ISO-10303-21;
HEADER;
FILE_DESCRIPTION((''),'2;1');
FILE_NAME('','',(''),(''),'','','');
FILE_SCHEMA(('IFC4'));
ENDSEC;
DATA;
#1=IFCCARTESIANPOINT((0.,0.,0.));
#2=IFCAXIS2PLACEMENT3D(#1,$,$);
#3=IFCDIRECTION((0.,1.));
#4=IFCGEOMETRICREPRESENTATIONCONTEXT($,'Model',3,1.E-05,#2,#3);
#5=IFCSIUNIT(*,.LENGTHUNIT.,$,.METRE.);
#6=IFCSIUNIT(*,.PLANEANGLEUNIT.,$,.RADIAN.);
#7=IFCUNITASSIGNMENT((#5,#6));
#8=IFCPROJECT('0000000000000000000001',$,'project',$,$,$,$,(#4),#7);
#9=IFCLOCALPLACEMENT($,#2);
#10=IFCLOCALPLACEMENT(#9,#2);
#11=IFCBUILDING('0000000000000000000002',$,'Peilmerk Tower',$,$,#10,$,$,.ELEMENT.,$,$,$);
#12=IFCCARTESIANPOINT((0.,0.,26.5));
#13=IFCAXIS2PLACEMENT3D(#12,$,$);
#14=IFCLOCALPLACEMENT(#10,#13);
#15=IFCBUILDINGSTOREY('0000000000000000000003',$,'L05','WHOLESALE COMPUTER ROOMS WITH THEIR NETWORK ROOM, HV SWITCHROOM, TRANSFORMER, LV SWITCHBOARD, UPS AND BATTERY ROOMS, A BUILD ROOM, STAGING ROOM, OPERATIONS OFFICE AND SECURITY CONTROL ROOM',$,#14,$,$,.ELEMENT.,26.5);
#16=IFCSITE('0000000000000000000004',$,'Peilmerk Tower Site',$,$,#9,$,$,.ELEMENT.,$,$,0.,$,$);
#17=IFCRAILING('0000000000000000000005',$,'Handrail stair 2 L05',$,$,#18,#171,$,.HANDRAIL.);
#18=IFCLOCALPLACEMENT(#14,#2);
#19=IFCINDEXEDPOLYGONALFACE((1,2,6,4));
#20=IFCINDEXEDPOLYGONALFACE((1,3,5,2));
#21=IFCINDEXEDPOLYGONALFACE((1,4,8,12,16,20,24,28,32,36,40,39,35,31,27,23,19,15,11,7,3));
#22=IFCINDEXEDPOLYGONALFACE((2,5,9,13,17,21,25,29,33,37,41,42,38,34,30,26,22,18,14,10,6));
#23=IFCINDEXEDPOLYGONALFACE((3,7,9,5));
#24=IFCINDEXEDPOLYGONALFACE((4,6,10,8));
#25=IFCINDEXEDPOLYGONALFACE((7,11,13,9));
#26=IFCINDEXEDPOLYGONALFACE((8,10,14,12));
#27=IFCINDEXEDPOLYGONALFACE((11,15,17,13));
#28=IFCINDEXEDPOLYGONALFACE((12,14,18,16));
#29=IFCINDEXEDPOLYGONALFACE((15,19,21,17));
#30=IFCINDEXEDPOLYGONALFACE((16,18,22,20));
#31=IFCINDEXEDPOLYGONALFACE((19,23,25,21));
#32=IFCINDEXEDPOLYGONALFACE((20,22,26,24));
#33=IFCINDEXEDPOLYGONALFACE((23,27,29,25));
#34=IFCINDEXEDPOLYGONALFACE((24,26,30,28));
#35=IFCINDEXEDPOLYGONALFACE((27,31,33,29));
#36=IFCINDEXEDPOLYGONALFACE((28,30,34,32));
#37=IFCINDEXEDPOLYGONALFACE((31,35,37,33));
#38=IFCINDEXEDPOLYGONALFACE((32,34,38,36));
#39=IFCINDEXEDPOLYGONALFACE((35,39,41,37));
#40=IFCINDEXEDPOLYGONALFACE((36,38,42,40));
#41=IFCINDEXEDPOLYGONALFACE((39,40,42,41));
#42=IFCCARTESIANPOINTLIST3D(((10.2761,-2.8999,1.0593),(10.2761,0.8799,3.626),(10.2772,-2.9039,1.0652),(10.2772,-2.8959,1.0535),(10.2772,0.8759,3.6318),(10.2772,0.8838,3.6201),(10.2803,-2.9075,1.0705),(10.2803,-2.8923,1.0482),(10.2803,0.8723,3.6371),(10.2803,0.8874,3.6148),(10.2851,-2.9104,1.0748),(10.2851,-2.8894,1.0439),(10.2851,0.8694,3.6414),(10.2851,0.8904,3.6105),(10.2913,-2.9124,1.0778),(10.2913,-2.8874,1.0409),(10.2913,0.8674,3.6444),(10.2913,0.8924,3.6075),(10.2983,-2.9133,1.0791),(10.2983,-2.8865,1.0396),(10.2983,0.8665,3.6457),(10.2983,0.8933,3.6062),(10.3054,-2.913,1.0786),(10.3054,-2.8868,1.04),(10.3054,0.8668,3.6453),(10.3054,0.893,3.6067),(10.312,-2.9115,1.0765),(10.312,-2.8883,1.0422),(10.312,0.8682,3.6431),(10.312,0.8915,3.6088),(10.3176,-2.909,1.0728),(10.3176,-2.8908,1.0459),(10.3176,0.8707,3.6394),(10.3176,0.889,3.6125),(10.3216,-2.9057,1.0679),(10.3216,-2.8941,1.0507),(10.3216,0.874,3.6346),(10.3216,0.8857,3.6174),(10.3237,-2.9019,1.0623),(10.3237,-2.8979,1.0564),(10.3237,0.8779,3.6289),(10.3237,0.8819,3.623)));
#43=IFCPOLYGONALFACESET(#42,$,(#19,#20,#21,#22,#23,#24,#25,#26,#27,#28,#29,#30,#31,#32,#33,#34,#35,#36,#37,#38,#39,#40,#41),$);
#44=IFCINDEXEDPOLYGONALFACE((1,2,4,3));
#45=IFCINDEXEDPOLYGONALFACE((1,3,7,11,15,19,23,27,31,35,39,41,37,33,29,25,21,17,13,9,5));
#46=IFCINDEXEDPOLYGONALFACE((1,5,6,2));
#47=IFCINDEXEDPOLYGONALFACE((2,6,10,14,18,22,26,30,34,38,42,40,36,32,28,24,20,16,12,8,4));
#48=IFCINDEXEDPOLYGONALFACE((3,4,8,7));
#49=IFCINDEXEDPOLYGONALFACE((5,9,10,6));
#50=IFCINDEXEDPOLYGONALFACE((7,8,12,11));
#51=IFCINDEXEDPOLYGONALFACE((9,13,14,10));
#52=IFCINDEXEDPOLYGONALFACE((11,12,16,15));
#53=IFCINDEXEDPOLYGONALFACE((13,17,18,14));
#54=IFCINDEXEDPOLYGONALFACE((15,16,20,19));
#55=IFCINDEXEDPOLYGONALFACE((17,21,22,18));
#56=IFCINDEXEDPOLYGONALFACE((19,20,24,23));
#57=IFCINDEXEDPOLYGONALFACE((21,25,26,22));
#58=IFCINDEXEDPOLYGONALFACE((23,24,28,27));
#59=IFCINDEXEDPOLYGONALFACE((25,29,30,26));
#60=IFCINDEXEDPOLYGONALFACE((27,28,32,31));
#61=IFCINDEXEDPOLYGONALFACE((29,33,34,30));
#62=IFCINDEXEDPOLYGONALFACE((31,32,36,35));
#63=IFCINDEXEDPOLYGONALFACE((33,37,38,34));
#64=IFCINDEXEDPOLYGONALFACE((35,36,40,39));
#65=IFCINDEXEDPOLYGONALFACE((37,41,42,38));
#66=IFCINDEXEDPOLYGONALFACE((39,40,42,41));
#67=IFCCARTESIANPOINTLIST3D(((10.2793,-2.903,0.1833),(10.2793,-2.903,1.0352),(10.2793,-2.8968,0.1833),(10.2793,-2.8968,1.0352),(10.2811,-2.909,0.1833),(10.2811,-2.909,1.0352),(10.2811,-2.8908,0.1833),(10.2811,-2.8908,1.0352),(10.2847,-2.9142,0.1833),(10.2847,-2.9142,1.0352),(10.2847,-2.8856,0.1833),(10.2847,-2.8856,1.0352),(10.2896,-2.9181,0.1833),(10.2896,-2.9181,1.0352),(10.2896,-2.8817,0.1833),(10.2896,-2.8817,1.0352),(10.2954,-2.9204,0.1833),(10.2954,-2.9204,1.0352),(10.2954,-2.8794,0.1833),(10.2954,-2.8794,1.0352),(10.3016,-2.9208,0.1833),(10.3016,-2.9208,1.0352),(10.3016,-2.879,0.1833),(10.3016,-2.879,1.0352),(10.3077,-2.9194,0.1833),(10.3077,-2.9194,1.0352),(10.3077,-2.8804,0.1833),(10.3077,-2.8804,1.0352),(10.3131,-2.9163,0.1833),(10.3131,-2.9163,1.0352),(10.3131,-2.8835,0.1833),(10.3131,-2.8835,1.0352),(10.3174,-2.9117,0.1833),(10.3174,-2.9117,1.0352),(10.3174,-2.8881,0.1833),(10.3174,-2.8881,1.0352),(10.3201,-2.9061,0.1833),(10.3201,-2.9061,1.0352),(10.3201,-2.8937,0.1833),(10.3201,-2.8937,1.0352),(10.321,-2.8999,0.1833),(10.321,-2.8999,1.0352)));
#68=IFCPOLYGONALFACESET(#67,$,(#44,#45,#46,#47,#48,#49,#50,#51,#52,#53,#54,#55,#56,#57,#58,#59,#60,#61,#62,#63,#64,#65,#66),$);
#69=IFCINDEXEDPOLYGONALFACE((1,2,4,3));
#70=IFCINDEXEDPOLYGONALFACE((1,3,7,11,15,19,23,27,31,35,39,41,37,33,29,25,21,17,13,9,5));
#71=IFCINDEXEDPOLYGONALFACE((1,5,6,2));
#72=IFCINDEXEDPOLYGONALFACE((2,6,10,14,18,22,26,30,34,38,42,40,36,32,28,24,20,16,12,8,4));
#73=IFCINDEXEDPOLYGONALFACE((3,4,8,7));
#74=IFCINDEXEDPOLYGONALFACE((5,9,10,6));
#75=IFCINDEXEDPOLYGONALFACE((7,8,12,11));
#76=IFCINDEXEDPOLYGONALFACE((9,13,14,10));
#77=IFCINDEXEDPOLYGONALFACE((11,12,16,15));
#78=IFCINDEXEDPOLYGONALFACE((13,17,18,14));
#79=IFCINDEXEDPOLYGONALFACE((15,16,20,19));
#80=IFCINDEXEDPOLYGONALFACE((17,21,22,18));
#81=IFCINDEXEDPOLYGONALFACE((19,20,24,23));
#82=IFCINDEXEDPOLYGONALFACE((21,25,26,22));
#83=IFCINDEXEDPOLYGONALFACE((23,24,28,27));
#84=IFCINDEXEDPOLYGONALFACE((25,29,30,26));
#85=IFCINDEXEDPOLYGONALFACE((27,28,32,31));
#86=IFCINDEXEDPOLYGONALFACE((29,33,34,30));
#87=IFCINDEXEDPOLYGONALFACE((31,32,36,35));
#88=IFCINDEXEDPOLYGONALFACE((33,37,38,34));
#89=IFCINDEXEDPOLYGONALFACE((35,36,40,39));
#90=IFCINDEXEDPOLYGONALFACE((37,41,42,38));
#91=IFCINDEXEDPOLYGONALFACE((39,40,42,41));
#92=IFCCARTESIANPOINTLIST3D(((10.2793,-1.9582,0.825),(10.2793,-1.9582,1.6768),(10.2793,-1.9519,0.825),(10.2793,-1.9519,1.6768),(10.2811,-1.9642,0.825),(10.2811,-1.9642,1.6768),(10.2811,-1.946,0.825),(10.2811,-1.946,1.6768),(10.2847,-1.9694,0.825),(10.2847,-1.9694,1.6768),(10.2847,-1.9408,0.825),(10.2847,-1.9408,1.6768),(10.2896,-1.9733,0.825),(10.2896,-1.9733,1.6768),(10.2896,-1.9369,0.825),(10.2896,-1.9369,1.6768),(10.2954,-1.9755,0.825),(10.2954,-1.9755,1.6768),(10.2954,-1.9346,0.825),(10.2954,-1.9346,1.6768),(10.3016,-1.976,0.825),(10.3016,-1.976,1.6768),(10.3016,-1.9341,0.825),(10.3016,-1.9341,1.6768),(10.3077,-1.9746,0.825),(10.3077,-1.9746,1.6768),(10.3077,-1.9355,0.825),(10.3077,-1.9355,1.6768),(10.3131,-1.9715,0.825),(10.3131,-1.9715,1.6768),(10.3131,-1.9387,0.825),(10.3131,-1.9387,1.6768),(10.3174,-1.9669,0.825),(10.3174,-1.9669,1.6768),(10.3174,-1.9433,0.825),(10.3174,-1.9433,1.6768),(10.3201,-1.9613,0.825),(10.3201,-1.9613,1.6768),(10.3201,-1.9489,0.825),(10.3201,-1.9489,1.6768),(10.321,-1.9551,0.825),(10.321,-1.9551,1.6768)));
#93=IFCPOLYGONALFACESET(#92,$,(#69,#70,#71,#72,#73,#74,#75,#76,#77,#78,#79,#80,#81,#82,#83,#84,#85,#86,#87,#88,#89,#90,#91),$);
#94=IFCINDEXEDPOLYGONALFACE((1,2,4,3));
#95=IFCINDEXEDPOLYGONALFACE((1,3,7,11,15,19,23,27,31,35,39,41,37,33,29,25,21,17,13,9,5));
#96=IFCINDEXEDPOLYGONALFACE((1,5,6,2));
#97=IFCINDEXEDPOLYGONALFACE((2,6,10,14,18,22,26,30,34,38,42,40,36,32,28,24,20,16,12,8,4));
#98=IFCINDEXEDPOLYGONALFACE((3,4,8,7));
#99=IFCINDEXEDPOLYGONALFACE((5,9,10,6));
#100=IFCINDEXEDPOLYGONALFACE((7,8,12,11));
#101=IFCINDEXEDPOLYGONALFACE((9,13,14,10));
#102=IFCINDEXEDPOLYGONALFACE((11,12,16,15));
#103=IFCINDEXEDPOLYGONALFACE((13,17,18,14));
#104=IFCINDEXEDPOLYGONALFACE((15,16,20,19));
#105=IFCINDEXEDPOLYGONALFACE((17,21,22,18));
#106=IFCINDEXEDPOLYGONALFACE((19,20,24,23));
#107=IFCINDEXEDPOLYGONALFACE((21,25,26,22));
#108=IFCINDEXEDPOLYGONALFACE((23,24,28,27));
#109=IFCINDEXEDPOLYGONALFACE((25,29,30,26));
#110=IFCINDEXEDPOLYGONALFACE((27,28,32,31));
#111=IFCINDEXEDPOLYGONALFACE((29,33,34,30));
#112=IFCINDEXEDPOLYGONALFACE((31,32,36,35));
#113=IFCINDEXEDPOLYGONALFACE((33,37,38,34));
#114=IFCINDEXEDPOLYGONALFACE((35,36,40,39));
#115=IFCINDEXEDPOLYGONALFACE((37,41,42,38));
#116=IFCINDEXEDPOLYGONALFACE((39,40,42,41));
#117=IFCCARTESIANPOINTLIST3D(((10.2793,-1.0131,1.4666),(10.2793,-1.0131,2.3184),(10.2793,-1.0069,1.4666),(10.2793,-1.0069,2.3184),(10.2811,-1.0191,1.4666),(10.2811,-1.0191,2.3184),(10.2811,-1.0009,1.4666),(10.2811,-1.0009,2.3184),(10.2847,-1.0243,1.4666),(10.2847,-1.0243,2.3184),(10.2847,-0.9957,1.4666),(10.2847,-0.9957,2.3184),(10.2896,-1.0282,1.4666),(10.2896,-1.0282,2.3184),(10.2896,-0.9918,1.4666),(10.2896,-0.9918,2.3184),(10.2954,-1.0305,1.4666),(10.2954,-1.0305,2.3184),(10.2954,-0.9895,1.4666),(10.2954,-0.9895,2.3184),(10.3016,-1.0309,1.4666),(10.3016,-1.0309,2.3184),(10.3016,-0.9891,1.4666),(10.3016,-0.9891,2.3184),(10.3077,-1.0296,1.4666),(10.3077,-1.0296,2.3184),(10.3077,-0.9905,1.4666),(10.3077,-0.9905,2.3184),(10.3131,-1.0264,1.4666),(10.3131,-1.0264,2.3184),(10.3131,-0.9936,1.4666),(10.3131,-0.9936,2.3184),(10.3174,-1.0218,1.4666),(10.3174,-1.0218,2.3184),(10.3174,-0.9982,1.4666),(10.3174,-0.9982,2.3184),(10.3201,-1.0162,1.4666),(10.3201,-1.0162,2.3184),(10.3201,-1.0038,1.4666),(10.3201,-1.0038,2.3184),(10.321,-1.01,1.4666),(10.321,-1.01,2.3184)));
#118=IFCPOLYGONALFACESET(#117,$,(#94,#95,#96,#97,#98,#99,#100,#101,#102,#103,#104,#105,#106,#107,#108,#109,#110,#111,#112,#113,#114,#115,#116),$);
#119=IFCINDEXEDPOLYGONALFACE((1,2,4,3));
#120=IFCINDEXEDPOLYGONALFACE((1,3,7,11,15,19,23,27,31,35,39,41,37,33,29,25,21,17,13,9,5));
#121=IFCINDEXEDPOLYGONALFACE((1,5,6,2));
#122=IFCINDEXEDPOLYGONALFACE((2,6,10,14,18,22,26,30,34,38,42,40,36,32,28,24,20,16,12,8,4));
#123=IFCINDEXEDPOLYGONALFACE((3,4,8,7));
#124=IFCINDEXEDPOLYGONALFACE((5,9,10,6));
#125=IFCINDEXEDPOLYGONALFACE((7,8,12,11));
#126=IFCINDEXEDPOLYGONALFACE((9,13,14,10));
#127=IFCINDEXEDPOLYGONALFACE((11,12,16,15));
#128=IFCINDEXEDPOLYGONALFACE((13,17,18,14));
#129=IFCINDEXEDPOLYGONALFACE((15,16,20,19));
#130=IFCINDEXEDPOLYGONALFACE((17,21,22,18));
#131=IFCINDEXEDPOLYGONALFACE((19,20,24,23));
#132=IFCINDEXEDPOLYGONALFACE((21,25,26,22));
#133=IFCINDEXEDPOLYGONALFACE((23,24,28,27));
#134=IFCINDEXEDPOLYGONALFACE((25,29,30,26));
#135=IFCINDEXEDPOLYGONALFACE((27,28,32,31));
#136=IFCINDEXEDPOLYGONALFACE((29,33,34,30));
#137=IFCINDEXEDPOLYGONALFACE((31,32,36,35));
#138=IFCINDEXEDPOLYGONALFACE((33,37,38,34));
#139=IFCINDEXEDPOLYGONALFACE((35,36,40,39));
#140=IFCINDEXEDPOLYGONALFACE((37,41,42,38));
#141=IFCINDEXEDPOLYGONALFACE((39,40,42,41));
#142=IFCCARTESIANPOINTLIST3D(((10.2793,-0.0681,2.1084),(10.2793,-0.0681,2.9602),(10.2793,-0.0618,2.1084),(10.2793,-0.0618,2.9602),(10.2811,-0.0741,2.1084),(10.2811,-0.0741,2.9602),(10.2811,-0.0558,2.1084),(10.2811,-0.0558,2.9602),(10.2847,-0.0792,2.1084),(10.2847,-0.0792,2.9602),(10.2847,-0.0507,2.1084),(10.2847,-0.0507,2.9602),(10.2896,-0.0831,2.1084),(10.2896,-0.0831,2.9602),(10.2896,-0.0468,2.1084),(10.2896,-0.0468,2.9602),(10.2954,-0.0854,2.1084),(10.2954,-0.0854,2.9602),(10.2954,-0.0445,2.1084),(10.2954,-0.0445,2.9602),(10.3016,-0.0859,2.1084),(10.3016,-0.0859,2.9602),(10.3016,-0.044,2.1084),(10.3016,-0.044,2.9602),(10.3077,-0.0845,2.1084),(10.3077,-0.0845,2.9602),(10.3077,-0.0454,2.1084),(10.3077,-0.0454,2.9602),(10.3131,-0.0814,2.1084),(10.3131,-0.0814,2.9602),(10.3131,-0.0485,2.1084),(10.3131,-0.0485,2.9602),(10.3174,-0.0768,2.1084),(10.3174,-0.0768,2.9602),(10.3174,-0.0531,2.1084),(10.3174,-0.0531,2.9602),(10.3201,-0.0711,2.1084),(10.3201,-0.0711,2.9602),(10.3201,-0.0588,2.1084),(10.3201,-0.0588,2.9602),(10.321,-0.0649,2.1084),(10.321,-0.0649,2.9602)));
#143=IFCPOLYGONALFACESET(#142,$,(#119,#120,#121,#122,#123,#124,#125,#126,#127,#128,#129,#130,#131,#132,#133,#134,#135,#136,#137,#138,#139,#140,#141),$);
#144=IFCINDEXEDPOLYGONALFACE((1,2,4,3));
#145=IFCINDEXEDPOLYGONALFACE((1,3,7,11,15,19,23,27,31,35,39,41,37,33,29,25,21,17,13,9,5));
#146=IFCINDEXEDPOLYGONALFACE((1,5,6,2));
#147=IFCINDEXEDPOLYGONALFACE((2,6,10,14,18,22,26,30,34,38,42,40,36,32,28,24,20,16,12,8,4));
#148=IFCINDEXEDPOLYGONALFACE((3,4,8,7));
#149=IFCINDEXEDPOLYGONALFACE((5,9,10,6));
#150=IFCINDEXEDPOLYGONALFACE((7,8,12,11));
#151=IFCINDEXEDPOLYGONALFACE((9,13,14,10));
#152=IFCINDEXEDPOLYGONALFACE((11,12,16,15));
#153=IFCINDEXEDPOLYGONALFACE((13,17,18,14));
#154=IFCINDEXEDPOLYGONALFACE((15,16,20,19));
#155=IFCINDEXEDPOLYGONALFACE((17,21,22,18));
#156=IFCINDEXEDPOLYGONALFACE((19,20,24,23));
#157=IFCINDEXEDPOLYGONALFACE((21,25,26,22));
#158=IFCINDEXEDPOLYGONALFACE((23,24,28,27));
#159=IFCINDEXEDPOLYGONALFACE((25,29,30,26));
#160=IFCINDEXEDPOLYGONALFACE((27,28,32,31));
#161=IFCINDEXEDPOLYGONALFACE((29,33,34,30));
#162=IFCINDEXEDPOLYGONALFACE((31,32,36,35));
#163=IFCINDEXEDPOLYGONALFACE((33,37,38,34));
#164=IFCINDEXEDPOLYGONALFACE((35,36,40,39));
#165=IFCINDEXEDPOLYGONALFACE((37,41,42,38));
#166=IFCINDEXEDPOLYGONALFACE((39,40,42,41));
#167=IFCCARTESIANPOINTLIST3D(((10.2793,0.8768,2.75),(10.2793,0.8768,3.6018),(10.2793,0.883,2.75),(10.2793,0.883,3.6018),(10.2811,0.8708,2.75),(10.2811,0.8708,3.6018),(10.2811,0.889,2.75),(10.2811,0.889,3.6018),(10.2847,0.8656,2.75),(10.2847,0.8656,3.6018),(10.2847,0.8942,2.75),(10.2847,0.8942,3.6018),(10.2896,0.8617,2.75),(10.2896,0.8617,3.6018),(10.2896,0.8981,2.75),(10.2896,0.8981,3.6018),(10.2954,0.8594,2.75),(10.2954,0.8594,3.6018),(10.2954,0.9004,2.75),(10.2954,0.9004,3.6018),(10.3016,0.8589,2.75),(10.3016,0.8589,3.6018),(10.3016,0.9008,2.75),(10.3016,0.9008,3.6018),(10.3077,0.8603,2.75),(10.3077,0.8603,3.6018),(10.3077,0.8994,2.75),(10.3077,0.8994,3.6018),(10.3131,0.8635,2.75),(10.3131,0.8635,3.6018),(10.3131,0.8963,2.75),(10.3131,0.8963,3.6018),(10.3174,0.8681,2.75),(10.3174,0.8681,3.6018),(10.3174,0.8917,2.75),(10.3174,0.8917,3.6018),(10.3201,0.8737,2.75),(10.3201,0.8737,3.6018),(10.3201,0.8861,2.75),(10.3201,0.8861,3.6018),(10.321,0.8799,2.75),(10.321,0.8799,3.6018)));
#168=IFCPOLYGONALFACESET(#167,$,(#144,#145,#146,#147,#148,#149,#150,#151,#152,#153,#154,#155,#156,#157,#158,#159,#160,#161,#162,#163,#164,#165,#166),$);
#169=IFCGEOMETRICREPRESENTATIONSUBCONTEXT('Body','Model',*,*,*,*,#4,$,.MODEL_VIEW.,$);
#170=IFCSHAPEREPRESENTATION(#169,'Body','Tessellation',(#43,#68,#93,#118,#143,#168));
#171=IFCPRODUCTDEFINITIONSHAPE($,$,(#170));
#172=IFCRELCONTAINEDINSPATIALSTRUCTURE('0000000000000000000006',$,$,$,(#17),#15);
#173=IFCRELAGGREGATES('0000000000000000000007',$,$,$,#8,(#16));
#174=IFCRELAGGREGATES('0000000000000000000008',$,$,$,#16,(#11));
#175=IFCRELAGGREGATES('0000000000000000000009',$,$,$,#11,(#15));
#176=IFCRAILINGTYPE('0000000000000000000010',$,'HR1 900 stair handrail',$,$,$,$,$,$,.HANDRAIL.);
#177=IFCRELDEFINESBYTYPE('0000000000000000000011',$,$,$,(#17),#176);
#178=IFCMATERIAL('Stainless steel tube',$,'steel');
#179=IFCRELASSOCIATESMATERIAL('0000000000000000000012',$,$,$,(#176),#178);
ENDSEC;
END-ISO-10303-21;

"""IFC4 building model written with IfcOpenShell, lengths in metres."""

from ifc_helpers import new_model, si_unit, direction, frame, origin, origin_2d, place, context, subcontext, project, spatial, circle, extrude, material, type_object, element, save


model = new_model("IFC4")

# Units and contexts
model_context = context("Model", 3, precision=1e-05, world=origin(), true_north=direction((0.0, 1.0)))
body_context = subcontext(model_context, "Body", "Model", "MODEL_VIEW")
ifc_project = project(units=[si_unit("LENGTHUNIT", "METRE"), si_unit("PLANEANGLEUNIT", "RADIAN")], contexts=[model_context])

# Site, building, storey
site_placement = place(None, origin())
site = spatial("IfcSite", under=ifc_project, at=site_placement, Name="Peilmerk Tower Site", CompositionType="ELEMENT", RefElevation=0.0)
building_placement = place(site_placement, origin())
building = spatial("IfcBuilding", under=site, at=building_placement, Name="Peilmerk Tower", CompositionType="ELEMENT")
storey_placement = place(building_placement, frame((0.0, 0.0, 26.5)))
storey = spatial("IfcBuildingStorey", under=building, at=storey_placement, Name="L05", Description="WHOLESALE COMPUTER ROOMS WITH THEIR NETWORK ROOM, HV SWITCHROOM, TRANSFORMER, LV SWITCHBOARD, UPS AND BATTERY ROOMS, A BUILD ROOM, STAGING ROOM, OPERATIONS OFFICE AND SECURITY CONTROL ROOM", CompositionType="ELEMENT", Elevation=26.5)

# Railing
ifc_material_1 = material(Name="Stainless steel tube", Category="steel")
railing_type_1 = type_object("IfcRailingType", Name="HR1 900 stair handrail", PredefinedType="HANDRAIL", material=ifc_material_1)
railing_1_placement = place(storey_placement, frame((10.3, -2.8999, 0.1833)))
element("IfcRailing", 1, at=railing_1_placement, inside=storey, type_object=railing_type_1, Name="Handrail stair 2 L05", PredefinedType="HANDRAIL", context=body_context, shape_type="SweptSolid", body=[
    extrude(circle(Radius=0.0239, at=origin_2d()), frame((0.0, 0.0, 0.876), z_axis=(0.0, 0.827293, 0.561771), x_axis=(-1.0, 0.0, 0.0)), (0.0, 0.0, 1.0), 4.5688),
    extrude(circle(Radius=0.021, at=origin_2d()), origin(), (0.0, 0.0, 1.0), 0.8518),
    extrude(circle(Radius=0.021, at=origin_2d()), frame((0.0, 0.9448, 0.6416)), (0.0, 0.0, 1.0), 0.8518),
    extrude(circle(Radius=0.021, at=origin_2d()), frame((0.0, 1.8899, 1.2832)), (0.0, 0.0, 1.0), 0.8518),
    extrude(circle(Radius=0.021, at=origin_2d()), frame((0.0, 2.835, 1.925)), (0.0, 0.0, 1.0), 0.8518),
    extrude(circle(Radius=0.021, at=origin_2d()), frame((0.0, 3.7798, 2.5667)), (0.0, 0.0, 1.0), 0.8518),
])

save(model, "model.ifc")
